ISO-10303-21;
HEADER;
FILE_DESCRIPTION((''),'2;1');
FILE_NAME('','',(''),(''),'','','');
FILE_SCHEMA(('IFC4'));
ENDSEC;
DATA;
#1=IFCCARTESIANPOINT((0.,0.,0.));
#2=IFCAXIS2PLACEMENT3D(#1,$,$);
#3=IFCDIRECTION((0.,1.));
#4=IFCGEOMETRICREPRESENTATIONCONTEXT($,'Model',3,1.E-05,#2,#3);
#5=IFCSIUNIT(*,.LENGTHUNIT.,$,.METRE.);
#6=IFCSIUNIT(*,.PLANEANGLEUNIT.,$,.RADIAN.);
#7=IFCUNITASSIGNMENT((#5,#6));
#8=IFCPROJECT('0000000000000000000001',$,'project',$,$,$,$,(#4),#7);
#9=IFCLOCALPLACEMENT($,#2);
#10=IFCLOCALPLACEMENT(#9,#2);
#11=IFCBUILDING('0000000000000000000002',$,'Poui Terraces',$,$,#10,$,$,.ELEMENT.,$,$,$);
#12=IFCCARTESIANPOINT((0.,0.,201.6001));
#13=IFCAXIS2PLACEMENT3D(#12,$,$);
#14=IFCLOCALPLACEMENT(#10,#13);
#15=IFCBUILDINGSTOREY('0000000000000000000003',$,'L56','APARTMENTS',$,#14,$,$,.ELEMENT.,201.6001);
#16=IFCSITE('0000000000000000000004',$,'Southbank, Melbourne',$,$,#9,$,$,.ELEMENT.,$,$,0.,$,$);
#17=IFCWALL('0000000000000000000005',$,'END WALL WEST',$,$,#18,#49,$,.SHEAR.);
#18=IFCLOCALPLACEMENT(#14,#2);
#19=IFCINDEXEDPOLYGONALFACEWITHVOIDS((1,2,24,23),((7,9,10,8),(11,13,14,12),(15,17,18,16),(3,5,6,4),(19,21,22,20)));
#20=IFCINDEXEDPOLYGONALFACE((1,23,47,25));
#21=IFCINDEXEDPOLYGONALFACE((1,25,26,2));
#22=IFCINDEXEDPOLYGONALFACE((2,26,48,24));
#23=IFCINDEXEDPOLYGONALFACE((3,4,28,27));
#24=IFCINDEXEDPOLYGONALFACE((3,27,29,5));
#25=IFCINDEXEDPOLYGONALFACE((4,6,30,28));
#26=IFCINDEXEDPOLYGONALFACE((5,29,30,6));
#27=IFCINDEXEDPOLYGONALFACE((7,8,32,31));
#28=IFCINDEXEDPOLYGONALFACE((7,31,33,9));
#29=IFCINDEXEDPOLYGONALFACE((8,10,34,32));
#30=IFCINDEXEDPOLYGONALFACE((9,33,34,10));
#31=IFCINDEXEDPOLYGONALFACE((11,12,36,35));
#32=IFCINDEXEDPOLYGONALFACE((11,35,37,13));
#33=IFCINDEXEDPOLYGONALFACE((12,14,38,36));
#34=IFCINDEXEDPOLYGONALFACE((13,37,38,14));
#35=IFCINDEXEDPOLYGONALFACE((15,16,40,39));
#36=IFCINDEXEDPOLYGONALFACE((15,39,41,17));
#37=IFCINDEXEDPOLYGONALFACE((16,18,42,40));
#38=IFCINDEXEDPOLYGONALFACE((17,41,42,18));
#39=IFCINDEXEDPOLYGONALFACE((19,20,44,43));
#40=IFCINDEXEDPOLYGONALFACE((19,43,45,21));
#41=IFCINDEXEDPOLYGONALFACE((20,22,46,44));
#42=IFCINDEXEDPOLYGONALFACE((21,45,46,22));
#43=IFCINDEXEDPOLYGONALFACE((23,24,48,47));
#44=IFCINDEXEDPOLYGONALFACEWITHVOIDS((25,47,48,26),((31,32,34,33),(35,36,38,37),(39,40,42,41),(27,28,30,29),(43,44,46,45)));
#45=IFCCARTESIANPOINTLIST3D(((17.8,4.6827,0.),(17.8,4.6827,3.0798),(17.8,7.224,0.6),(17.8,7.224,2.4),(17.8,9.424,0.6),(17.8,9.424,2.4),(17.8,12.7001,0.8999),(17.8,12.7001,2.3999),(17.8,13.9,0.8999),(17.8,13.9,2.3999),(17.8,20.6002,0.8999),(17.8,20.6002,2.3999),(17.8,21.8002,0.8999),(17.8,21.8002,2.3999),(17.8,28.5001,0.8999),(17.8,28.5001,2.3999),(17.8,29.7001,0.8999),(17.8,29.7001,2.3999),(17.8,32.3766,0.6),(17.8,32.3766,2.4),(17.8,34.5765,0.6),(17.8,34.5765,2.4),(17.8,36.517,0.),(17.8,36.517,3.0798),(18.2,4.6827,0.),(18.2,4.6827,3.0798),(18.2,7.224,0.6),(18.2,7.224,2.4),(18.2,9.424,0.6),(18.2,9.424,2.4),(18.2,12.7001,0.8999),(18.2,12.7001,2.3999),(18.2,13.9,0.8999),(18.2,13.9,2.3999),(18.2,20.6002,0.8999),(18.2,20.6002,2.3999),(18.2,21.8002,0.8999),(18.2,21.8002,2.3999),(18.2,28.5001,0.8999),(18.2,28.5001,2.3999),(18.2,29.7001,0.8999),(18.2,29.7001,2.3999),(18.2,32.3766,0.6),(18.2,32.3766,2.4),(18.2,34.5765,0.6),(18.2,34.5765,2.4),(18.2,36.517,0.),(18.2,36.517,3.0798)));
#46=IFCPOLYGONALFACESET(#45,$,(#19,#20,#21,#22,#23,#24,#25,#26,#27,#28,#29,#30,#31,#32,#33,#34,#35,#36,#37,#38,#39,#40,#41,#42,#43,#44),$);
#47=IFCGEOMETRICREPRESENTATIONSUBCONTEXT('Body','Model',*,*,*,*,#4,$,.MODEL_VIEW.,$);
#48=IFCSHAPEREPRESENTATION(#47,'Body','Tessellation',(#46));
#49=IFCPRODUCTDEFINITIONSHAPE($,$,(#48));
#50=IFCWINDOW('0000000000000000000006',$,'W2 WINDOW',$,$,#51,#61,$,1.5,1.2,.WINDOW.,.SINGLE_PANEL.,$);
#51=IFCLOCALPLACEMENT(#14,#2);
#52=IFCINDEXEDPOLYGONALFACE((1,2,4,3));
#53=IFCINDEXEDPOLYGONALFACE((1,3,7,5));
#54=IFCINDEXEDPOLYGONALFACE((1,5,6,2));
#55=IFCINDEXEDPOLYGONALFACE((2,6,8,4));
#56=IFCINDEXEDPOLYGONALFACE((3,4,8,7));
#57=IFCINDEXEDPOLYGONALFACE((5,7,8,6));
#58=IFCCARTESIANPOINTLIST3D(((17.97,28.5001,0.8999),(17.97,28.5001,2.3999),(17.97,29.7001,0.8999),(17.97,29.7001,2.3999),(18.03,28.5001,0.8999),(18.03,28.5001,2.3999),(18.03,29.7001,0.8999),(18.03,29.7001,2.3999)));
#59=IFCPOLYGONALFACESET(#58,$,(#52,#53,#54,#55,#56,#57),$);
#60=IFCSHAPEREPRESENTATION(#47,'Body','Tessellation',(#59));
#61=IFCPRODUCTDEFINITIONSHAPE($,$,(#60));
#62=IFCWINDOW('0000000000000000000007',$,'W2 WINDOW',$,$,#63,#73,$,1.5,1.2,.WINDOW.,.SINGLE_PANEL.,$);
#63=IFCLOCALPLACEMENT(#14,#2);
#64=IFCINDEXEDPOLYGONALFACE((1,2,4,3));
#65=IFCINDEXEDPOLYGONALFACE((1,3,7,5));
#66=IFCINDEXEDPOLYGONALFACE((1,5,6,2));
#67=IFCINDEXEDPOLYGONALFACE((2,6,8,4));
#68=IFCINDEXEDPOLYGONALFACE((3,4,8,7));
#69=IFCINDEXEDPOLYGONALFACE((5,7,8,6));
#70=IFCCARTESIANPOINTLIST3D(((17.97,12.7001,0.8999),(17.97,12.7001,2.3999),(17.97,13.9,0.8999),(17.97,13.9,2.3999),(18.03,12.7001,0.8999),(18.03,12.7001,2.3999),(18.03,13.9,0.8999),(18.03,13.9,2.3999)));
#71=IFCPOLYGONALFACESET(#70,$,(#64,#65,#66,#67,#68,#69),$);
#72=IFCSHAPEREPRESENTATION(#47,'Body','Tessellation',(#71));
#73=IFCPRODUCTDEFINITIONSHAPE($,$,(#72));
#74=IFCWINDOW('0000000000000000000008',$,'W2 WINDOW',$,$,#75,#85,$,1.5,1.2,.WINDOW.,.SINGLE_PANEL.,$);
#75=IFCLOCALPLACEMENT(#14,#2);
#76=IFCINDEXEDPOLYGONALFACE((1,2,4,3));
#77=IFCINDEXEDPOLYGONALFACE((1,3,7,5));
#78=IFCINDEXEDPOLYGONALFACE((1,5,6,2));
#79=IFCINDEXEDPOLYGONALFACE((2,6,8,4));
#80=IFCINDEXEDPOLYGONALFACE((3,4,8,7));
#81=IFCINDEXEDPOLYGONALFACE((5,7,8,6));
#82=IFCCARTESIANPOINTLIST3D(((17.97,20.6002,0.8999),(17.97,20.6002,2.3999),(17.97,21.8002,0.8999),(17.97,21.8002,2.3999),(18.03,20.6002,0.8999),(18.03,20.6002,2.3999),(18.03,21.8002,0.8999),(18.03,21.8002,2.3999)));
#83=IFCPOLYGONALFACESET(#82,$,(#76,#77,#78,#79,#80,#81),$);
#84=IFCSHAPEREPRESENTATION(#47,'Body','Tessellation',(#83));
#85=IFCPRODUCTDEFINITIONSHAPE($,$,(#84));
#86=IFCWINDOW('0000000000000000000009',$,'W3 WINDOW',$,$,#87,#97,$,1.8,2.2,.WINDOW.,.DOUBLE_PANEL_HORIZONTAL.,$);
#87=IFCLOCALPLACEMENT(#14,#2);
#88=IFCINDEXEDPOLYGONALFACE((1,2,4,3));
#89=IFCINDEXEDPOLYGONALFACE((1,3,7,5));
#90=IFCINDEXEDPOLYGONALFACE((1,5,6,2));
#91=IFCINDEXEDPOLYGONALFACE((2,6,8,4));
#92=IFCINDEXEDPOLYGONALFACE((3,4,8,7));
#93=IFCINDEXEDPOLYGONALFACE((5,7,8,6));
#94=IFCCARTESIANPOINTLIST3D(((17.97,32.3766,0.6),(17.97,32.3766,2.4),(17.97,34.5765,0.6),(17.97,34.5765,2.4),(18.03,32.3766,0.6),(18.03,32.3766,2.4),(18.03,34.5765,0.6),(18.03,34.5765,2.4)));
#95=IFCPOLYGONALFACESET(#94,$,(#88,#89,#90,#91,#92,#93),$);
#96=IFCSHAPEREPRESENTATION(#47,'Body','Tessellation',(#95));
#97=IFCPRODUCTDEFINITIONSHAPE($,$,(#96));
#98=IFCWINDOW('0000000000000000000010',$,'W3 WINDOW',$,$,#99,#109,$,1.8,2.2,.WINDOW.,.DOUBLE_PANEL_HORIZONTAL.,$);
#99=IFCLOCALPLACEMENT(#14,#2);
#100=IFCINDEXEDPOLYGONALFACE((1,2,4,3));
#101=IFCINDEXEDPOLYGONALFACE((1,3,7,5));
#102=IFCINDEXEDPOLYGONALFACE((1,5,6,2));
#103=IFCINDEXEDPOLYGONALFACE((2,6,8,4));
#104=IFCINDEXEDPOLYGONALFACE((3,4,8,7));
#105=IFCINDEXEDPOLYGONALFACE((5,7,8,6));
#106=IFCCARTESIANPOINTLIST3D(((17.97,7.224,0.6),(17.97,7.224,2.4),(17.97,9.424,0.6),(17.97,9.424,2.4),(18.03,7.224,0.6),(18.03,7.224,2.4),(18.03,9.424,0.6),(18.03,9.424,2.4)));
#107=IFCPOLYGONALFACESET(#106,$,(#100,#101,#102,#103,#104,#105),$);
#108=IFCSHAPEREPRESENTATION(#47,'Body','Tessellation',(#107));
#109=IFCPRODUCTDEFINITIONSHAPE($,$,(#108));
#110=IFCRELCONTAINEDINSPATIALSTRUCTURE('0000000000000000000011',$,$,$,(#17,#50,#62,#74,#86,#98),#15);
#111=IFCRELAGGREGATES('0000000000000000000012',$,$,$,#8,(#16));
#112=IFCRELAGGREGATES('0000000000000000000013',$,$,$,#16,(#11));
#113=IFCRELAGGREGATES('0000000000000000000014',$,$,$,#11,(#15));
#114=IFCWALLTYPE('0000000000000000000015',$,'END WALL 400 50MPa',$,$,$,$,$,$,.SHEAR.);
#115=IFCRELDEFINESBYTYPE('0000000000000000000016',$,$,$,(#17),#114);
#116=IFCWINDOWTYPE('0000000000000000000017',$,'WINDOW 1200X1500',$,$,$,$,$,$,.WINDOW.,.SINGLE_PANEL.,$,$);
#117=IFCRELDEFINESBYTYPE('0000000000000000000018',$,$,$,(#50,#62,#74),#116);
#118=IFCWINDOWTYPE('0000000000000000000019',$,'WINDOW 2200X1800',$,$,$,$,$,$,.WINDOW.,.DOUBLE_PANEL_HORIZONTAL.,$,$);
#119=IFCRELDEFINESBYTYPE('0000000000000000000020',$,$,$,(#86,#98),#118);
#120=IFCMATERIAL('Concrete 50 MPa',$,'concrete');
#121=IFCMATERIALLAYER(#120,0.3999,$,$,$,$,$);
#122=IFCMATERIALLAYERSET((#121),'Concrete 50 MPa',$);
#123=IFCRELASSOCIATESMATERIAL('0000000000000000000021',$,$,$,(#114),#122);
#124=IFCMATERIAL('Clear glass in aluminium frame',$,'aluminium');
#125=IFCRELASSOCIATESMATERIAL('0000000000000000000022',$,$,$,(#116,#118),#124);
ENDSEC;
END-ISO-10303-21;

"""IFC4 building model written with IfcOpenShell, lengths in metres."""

from ifc_helpers import new_model, si_unit, direction, frame, frame_2d, origin, place, context, subcontext, project, spatial, rectangle, extrude, material, layer, layer_set, type_object, element, fill, save


model = new_model("IFC4")

# Units and contexts
model_context = context("Model", 3, precision=1e-05, world=origin(), true_north=direction((0.0, 1.0)))
body_context = subcontext(model_context, "Body", "Model", "MODEL_VIEW")
ifc_project = project(units=[si_unit("LENGTHUNIT", "METRE"), si_unit("PLANEANGLEUNIT", "RADIAN")], contexts=[model_context])

# Site, building, storey
site_placement = place(None, origin())
site = spatial("IfcSite", under=ifc_project, at=site_placement, Name="Southbank, Melbourne", CompositionType="ELEMENT", RefElevation=0.0)
building_placement = place(site_placement, origin())
building = spatial("IfcBuilding", under=site, at=building_placement, Name="Poui Terraces", CompositionType="ELEMENT")
storey_placement = place(building_placement, frame((0.0, 0.0, 201.6001)))
storey = spatial("IfcBuildingStorey", under=building, at=storey_placement, Name="L56", Description="APARTMENTS", CompositionType="ELEMENT", Elevation=201.6001)

# Shared definitions
ifc_material_1 = material(Name="Concrete 50 MPa", Category="concrete")

# Wall, openings, windows
ifc_layer_1 = layer(ifc_material_1, 0.3999)
ifc_layer_set_1 = layer_set([ifc_layer_1], Name="Concrete 50 MPa")
wall_type_1 = type_object("IfcWallType", Name="END WALL 400 50MPa", PredefinedType="SHEAR", material=ifc_layer_set_1)
wall_1_placement = place(storey_placement, frame((18.0, 4.6829, 0.0), z_axis=(0.0, 0.0, 1.0), x_axis=(0.0, 1.0, 0.0)))
wall_1 = element("IfcWall", 1, at=wall_1_placement, inside=storey, type_object=wall_type_1, Name="END WALL WEST", PredefinedType="SHEAR", context=body_context, shape_type="SweptSolid", body=[
    extrude(rectangle(XDim=31.8342, YDim=0.3999, at=frame_2d((15.917, 0.0))), origin(), (0.0, 0.0, 1.0), 3.0798),
])
opening_1_placement = place(wall_1_placement, frame((23.8171, 0.0, 0.8999)))
opening_1 = element("IfcOpeningElement", 2, at=opening_1_placement, cuts=wall_1, PredefinedType="OPENING", context=body_context, shape_type="SweptSolid", body=[
    extrude(rectangle(XDim=1.2, YDim=1.5, at=frame_2d((0.6001, 0.75))), frame((0.0, 0.21, 0.0), z_axis=(0.0, -1.0, 0.0), x_axis=(1.0, 0.0, 0.0)), (0.0, 0.0, 1.0), 0.4199),
])
opening_2_placement = place(wall_1_placement, frame((8.0171, 0.0, 0.8999)))
opening_2 = element("IfcOpeningElement", 3, at=opening_2_placement, cuts=wall_1, PredefinedType="OPENING", context=body_context, shape_type="SweptSolid", body=[
    extrude(rectangle(XDim=1.2, YDim=1.5, at=frame_2d((0.6001, 0.75))), frame((0.0, 0.21, 0.0), z_axis=(0.0, -1.0, 0.0), x_axis=(1.0, 0.0, 0.0)), (0.0, 0.0, 1.0), 0.4199),
])
opening_3_placement = place(wall_1_placement, frame((27.6936, 0.0, 0.6001)))
opening_3 = element("IfcOpeningElement", 4, at=opening_3_placement, cuts=wall_1, PredefinedType="OPENING", context=body_context, shape_type="SweptSolid", body=[
    extrude(rectangle(XDim=2.2, YDim=1.8, at=frame_2d((1.1001, 0.8999))), frame((0.0, 0.21, 0.0), z_axis=(0.0, -1.0, 0.0), x_axis=(1.0, 0.0, 0.0)), (0.0, 0.0, 1.0), 0.4199),
])
opening_4_placement = place(wall_1_placement, frame((2.541, 0.0, 0.6001)))
opening_4 = element("IfcOpeningElement", 5, at=opening_4_placement, cuts=wall_1, PredefinedType="OPENING", context=body_context, shape_type="SweptSolid", body=[
    extrude(rectangle(XDim=2.2, YDim=1.8, at=frame_2d((1.1001, 0.8999))), frame((0.0, 0.21, 0.0), z_axis=(0.0, -1.0, 0.0), x_axis=(1.0, 0.0, 0.0)), (0.0, 0.0, 1.0), 0.4199),
])
opening_5_placement = place(wall_1_placement, frame((15.9172, 0.0, 0.8999)))
opening_5 = element("IfcOpeningElement", 6, at=opening_5_placement, cuts=wall_1, PredefinedType="OPENING", context=body_context, shape_type="SweptSolid", body=[
    extrude(rectangle(XDim=1.2, YDim=1.5, at=frame_2d((0.6001, 0.75))), frame((0.0, 0.21, 0.0), z_axis=(0.0, -1.0, 0.0), x_axis=(1.0, 0.0, 0.0)), (0.0, 0.0, 1.0), 0.4199),
])
ifc_material_2 = material(Name="Clear glass in aluminium frame", Category="aluminium")
window_type_1 = type_object("IfcWindowType", Name="WINDOW 1200X1500", PartitioningType="SINGLE_PANEL", PredefinedType="WINDOW", material=ifc_material_2)
window_1_placement = place(opening_1_placement, origin())
window_1 = element("IfcWindow", 7, at=window_1_placement, inside=storey, type_object=window_type_1, Name="W2 WINDOW", OverallHeight=1.5, OverallWidth=1.2, PartitioningType="SINGLE_PANEL", PredefinedType="WINDOW", context=body_context, shape_type="SweptSolid", body=[
    extrude(rectangle(XDim=1.2, YDim=1.5, at=frame_2d((0.6001, 0.75))), frame((0.0, 0.03, 0.0), z_axis=(0.0, -1.0, 0.0), x_axis=(1.0, 0.0, 0.0)), (0.0, 0.0, 1.0), 0.0601),
])
fill(opening_1, window_1)
window_2_placement = place(opening_2_placement, origin())
window_2 = element("IfcWindow", 8, at=window_2_placement, inside=storey, type_object=window_type_1, Name="W2 WINDOW", OverallHeight=1.5, OverallWidth=1.2, PartitioningType="SINGLE_PANEL", PredefinedType="WINDOW", context=body_context, shape_type="SweptSolid", body=[
    extrude(rectangle(XDim=1.2, YDim=1.5, at=frame_2d((0.6001, 0.75))), frame((0.0, 0.03, 0.0), z_axis=(0.0, -1.0, 0.0), x_axis=(1.0, 0.0, 0.0)), (0.0, 0.0, 1.0), 0.0601),
])
fill(opening_2, window_2)
window_3_placement = place(opening_5_placement, origin())
window_3 = element("IfcWindow", 9, at=window_3_placement, inside=storey, type_object=window_type_1, Name="W2 WINDOW", OverallHeight=1.5, OverallWidth=1.2, PartitioningType="SINGLE_PANEL", PredefinedType="WINDOW", context=body_context, shape_type="SweptSolid", body=[
    extrude(rectangle(XDim=1.2, YDim=1.5, at=frame_2d((0.6001, 0.75))), frame((0.0, 0.03, 0.0), z_axis=(0.0, -1.0, 0.0), x_axis=(1.0, 0.0, 0.0)), (0.0, 0.0, 1.0), 0.0601),
])
fill(opening_5, window_3)
window_type_2 = type_object("IfcWindowType", Name="WINDOW 2200X1800", PartitioningType="DOUBLE_PANEL_HORIZONTAL", PredefinedType="WINDOW", material=ifc_material_2)
window_4_placement = place(opening_3_placement, origin())
window_4 = element("IfcWindow", 10, at=window_4_placement, inside=storey, type_object=window_type_2, Name="W3 WINDOW", OverallHeight=1.8, OverallWidth=2.2, PartitioningType="DOUBLE_PANEL_HORIZONTAL", PredefinedType="WINDOW", context=body_context, shape_type="SweptSolid", body=[
    extrude(rectangle(XDim=2.2, YDim=1.8, at=frame_2d((1.1001, 0.8999))), frame((0.0, 0.03, 0.0), z_axis=(0.0, -1.0, 0.0), x_axis=(1.0, 0.0, 0.0)), (0.0, 0.0, 1.0), 0.0601),
])
fill(opening_3, window_4)
window_5_placement = place(opening_4_placement, origin())
window_5 = element("IfcWindow", 11, at=window_5_placement, inside=storey, type_object=window_type_2, Name="W3 WINDOW", OverallHeight=1.8, OverallWidth=2.2, PartitioningType="DOUBLE_PANEL_HORIZONTAL", PredefinedType="WINDOW", context=body_context, shape_type="SweptSolid", body=[
    extrude(rectangle(XDim=2.2, YDim=1.8, at=frame_2d((1.1001, 0.8999))), frame((0.0, 0.03, 0.0), z_axis=(0.0, -1.0, 0.0), x_axis=(1.0, 0.0, 0.0)), (0.0, 0.0, 1.0), 0.0601),
])
fill(opening_4, window_5)

save(model, "model.ifc")
